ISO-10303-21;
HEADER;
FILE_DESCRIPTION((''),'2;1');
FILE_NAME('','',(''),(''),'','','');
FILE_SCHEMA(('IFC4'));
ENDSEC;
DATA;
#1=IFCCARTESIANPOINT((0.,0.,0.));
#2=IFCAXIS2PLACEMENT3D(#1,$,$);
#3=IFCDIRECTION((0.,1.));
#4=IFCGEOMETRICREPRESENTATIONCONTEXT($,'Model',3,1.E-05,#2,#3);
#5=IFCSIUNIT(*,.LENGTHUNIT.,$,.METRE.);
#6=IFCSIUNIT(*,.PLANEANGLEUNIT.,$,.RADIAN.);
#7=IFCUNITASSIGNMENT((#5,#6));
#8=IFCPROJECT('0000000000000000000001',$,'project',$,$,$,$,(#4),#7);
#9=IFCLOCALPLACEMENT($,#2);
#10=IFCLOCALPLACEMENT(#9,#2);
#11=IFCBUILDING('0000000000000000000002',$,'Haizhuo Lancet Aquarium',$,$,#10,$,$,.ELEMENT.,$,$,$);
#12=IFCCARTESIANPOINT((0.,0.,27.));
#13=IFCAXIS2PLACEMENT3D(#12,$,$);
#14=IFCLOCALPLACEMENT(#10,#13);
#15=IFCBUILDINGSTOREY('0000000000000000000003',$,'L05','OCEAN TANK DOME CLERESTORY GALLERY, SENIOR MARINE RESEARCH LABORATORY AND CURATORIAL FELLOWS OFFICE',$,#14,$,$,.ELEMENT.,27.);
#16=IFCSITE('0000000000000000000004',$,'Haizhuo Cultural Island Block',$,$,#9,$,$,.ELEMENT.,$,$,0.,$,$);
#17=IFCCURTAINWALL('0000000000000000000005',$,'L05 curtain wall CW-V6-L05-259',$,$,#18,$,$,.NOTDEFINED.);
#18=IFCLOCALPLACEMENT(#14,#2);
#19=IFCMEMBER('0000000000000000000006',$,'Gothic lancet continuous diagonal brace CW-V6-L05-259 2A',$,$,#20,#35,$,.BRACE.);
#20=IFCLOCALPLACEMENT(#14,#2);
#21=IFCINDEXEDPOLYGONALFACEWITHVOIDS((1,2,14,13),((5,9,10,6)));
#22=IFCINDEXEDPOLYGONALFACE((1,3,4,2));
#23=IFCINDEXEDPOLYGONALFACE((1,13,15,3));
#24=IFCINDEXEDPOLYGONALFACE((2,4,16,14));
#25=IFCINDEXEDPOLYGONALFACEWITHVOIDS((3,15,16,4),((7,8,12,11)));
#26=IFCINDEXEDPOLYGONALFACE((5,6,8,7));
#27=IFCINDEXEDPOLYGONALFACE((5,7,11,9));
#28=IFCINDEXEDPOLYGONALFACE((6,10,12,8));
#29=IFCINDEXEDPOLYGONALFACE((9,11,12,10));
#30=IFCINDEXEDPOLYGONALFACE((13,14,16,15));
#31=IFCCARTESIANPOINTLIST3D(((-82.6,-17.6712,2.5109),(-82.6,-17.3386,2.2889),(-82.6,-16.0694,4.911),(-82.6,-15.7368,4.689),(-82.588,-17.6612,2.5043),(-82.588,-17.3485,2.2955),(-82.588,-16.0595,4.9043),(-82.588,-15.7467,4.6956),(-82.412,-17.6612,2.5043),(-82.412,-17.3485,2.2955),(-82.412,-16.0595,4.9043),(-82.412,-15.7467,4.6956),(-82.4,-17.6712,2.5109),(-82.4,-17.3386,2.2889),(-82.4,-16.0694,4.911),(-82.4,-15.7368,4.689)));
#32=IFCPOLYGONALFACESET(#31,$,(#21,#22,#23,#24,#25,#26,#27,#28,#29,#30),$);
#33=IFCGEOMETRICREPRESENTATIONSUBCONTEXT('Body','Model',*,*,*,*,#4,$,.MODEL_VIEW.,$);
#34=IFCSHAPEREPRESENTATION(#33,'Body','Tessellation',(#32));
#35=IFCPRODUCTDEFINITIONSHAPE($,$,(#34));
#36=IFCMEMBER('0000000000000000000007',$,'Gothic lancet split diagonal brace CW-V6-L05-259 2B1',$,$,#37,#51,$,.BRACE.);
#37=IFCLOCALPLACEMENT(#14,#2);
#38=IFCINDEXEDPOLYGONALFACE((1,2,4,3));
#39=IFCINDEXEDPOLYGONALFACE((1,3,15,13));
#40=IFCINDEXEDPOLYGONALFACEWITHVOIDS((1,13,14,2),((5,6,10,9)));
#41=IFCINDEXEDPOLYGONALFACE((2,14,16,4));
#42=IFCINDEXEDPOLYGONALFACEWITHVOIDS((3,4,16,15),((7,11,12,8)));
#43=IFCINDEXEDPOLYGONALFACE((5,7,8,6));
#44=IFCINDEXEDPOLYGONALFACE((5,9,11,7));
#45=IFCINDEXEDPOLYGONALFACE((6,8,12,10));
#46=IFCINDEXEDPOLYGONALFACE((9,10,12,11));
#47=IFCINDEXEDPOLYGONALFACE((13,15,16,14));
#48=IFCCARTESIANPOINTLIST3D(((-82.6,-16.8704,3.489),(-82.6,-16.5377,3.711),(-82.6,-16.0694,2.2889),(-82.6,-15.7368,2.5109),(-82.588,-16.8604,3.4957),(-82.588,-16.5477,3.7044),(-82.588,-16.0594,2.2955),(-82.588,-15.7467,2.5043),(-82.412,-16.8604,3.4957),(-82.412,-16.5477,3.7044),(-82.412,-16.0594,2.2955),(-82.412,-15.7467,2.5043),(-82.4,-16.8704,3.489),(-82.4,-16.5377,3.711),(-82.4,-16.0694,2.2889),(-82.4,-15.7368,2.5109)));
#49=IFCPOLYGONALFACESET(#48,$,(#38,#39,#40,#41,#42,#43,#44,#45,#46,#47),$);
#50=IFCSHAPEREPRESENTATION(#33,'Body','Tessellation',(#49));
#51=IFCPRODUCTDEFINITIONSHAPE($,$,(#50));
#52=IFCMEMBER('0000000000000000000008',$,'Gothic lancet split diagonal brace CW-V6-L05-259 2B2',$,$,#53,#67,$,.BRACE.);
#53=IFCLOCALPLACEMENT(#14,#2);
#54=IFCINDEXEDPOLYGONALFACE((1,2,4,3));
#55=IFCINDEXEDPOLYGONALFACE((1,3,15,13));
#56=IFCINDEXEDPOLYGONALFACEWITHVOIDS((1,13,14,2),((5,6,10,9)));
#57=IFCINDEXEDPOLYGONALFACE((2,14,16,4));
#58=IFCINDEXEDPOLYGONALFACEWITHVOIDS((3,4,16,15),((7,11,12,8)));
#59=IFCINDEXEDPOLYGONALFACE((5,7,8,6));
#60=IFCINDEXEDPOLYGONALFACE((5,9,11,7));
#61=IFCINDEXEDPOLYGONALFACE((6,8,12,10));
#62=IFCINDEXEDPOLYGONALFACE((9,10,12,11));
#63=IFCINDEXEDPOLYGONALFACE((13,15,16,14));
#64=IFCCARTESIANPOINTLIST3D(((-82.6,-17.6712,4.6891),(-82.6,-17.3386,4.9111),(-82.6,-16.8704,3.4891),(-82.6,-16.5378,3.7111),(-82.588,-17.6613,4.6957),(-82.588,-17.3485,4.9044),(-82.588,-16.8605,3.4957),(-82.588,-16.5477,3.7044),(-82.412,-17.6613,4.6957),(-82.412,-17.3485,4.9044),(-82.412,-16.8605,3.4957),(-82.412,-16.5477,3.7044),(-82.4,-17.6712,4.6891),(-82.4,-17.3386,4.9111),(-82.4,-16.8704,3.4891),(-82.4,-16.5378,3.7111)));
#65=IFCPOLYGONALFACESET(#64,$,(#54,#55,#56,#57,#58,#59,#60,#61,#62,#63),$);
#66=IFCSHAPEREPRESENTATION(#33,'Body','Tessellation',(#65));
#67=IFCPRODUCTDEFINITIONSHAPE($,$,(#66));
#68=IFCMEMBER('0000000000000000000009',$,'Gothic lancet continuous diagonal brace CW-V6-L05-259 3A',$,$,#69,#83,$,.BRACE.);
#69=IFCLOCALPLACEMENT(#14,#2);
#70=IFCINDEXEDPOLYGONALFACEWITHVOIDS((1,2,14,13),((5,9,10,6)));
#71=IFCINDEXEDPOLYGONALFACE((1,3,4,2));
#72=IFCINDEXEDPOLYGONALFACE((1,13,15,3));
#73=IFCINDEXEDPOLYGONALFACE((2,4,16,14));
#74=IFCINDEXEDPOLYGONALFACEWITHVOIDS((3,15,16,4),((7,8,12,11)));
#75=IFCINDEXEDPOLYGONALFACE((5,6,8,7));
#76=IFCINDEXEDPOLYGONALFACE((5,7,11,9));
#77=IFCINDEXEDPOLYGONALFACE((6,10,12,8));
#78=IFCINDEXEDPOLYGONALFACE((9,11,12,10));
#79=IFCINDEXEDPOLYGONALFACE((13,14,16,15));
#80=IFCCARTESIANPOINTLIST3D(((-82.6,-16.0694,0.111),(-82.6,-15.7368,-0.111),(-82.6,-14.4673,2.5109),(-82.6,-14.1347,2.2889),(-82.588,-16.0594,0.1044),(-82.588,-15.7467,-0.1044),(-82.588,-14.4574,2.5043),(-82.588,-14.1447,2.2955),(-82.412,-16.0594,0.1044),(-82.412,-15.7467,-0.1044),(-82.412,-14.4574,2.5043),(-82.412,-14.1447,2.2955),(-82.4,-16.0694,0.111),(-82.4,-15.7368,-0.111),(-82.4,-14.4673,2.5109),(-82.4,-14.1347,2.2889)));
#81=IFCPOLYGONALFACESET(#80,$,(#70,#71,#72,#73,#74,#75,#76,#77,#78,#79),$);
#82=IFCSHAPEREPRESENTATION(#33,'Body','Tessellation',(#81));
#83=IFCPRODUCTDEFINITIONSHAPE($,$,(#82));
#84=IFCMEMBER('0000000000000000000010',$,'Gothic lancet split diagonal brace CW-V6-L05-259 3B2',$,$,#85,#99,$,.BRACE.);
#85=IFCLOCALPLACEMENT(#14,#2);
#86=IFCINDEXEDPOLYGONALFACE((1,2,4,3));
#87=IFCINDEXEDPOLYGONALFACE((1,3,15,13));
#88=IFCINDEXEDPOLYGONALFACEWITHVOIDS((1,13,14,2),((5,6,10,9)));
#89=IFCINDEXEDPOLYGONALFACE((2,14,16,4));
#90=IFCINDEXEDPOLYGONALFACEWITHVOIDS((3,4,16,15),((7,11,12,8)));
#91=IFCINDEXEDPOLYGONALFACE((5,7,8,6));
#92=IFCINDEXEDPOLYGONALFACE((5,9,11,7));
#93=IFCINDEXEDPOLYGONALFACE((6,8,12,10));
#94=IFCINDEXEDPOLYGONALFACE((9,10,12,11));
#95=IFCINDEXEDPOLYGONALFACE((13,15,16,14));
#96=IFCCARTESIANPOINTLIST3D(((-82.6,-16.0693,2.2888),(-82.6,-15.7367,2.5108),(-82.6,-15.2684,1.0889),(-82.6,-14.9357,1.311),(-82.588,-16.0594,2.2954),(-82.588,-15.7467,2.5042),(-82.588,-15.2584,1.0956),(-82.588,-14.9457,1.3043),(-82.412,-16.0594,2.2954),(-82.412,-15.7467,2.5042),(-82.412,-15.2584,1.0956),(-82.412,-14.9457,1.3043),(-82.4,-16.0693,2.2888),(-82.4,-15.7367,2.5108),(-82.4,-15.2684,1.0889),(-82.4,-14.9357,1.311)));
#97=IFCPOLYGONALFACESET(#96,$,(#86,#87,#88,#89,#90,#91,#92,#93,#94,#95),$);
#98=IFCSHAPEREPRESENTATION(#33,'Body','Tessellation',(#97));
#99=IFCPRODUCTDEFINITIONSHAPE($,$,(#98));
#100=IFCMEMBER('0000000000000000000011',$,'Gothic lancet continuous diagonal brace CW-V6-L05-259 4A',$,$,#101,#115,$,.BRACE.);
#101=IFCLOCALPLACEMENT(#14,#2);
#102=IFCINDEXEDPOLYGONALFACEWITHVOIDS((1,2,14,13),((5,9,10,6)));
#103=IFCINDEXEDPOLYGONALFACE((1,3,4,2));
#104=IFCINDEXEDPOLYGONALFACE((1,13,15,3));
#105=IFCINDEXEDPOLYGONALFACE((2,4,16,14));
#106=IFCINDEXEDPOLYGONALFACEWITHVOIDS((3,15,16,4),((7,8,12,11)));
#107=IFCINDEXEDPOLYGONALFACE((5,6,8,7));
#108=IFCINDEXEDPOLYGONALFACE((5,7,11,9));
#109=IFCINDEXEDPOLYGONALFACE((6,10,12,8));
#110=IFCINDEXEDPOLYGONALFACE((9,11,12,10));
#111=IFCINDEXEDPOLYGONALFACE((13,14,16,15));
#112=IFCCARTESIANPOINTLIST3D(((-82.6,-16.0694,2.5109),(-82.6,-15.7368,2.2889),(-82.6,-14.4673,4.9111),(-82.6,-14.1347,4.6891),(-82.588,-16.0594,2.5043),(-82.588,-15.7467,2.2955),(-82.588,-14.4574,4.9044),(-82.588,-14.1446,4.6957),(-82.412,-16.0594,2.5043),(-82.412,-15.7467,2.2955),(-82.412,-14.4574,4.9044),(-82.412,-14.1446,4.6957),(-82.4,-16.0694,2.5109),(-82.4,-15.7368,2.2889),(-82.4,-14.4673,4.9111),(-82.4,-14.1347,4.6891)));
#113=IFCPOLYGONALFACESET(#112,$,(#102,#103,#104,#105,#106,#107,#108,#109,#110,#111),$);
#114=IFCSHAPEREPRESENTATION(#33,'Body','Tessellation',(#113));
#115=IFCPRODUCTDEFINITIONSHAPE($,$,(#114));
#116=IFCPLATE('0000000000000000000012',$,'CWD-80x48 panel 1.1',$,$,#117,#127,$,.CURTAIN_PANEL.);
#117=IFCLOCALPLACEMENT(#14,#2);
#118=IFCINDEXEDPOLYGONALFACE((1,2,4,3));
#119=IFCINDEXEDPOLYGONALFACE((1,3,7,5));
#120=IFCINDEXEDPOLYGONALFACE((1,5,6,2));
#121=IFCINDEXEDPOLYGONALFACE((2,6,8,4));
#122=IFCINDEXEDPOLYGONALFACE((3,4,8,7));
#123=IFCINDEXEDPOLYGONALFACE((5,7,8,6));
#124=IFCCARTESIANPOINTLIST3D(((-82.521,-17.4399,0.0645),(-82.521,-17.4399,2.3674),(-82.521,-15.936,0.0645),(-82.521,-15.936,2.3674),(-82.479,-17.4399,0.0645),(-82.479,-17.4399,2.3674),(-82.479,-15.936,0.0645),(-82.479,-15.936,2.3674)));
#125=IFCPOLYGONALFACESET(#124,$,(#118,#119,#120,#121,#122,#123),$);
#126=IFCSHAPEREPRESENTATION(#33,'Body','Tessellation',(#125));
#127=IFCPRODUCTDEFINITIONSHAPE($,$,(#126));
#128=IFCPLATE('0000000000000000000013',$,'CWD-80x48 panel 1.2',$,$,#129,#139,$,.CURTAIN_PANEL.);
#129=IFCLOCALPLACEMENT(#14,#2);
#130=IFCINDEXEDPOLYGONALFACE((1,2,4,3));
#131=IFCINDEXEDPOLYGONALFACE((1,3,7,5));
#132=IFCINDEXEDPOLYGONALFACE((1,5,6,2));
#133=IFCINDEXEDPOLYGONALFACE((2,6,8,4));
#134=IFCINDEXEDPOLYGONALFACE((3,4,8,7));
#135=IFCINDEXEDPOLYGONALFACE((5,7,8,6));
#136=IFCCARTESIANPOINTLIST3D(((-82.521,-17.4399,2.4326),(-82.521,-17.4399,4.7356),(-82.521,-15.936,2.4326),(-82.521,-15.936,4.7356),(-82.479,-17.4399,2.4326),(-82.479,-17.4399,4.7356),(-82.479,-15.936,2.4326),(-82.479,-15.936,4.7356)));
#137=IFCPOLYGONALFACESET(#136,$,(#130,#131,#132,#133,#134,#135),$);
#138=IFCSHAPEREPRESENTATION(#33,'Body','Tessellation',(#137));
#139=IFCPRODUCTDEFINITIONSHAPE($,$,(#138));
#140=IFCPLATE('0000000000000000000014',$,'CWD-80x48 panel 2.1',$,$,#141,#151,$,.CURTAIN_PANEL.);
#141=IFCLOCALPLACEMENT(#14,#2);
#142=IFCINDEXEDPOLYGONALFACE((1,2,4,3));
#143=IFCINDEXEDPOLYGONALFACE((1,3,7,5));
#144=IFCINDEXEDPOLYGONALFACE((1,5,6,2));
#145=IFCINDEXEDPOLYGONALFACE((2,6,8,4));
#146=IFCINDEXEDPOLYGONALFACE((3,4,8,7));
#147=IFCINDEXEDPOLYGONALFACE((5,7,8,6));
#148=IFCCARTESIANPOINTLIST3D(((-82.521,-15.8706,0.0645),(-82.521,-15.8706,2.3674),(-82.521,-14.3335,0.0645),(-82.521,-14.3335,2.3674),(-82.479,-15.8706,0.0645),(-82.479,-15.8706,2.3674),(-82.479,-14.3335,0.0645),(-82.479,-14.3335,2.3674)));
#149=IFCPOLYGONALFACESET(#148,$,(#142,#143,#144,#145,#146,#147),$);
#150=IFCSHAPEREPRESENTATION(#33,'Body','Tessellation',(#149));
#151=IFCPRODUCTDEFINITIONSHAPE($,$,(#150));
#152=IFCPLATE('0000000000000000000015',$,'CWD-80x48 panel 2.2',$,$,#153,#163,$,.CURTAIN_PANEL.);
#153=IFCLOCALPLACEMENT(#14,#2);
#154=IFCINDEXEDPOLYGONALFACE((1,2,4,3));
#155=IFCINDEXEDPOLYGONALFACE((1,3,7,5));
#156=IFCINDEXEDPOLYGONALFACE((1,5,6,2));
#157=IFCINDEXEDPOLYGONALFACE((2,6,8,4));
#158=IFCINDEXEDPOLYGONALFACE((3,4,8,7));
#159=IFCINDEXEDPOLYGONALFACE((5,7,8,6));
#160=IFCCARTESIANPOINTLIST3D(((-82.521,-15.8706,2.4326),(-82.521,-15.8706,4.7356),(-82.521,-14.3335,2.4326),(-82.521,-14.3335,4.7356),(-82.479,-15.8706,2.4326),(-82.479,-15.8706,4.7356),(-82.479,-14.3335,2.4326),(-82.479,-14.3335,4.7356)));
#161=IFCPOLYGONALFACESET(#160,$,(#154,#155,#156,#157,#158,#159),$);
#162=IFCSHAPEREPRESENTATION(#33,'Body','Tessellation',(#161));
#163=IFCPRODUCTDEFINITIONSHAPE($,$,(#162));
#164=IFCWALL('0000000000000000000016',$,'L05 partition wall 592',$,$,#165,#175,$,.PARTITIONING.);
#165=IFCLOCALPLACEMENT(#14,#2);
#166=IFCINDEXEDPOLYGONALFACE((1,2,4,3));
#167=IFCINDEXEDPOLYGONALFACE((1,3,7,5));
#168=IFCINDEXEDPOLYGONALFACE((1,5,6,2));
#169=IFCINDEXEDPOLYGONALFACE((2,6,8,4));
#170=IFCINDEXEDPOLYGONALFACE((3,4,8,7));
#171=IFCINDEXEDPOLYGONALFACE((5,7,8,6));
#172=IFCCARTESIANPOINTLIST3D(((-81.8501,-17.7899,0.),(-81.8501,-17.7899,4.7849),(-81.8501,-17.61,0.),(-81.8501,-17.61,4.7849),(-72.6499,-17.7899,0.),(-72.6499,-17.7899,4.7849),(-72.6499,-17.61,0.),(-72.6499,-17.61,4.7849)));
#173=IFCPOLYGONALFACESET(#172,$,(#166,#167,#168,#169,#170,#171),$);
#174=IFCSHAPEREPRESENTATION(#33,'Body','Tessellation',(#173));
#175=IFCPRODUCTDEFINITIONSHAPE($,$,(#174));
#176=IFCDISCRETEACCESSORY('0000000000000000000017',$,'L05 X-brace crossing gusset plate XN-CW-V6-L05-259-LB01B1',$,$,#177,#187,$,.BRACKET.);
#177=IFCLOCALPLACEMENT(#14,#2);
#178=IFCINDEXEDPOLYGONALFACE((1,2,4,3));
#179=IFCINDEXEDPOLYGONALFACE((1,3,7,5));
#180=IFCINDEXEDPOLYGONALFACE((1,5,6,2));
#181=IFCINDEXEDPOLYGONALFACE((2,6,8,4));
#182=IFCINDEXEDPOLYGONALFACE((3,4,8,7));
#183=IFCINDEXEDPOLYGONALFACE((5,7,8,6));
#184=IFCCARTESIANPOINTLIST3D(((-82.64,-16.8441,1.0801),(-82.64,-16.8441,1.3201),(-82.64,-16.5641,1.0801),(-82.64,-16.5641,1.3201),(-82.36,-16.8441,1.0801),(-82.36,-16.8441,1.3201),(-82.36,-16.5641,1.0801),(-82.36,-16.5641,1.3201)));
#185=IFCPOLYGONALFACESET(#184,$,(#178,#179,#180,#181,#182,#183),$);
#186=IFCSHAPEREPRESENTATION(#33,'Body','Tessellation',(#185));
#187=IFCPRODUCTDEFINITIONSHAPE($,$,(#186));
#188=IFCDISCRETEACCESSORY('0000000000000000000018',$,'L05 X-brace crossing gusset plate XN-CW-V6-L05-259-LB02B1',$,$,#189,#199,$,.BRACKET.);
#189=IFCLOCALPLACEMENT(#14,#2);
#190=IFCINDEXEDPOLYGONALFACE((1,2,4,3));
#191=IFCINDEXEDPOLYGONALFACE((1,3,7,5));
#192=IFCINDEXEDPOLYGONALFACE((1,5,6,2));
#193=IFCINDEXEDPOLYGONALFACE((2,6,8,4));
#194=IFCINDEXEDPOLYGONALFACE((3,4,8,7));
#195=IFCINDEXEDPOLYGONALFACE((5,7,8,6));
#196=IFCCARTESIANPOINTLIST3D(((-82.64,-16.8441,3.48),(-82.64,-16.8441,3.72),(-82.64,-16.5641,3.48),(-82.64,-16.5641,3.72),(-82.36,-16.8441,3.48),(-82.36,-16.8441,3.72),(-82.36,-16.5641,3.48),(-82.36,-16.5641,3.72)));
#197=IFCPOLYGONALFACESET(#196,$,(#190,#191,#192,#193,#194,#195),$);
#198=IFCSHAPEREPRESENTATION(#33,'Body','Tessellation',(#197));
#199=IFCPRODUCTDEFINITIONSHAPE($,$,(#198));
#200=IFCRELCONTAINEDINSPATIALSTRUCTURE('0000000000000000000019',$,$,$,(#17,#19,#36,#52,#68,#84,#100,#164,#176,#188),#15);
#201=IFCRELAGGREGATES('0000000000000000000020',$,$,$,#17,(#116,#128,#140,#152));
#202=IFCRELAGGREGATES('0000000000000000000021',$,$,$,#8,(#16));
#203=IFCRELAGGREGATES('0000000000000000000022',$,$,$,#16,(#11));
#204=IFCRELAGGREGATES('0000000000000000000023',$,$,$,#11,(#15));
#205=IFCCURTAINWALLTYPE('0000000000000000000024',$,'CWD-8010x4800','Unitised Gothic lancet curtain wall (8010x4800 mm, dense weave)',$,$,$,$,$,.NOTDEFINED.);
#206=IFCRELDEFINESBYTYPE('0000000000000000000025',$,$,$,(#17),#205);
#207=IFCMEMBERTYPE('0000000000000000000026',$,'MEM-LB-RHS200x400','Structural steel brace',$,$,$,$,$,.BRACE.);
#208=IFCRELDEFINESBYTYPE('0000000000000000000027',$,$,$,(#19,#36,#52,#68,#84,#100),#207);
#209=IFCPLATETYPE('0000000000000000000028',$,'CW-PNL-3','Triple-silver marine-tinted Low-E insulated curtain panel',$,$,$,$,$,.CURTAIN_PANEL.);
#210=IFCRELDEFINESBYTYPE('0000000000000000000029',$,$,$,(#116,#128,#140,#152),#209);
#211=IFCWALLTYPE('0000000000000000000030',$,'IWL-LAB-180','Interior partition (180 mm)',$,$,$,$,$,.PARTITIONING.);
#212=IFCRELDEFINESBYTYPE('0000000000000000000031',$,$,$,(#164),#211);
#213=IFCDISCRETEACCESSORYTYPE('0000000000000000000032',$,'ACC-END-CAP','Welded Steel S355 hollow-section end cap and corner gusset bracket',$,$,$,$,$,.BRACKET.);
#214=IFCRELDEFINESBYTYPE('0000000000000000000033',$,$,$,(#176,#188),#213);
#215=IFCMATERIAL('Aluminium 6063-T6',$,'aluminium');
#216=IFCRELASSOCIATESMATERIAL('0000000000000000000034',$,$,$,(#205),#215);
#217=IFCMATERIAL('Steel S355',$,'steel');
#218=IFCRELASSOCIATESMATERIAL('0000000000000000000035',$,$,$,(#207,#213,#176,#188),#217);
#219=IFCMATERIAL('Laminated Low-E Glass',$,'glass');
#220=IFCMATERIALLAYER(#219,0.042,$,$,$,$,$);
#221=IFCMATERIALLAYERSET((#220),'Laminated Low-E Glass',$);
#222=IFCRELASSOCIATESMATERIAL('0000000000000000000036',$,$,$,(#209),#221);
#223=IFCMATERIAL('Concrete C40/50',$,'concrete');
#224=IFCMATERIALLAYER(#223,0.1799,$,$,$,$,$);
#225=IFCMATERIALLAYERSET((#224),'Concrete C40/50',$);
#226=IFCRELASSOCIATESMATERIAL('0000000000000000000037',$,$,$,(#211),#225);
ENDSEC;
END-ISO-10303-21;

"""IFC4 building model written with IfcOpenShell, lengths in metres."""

from ifc_helpers import new_model, si_unit, direction, frame, frame_2d, origin, origin_2d, place, context, subcontext, project, spatial, rectangle, hollow_rectangle, extrude, material, layer, layer_set, material_profile, profile_set, type_object, element, aggregate, save


model = new_model("IFC4")

# Units and contexts
model_context = context("Model", 3, precision=1e-05, world=origin(), true_north=direction((0.0, 1.0)))
body_context = subcontext(model_context, "Body", "Model", "MODEL_VIEW")
ifc_project = project(units=[si_unit("LENGTHUNIT", "METRE"), si_unit("PLANEANGLEUNIT", "RADIAN")], contexts=[model_context])

# Site, building, storey
site_placement = place(None, origin())
site = spatial("IfcSite", under=ifc_project, at=site_placement, Name="Haizhuo Cultural Island Block", CompositionType="ELEMENT", RefElevation=0.0)
building_placement = place(site_placement, origin())
building = spatial("IfcBuilding", under=site, at=building_placement, Name="Haizhuo Lancet Aquarium", CompositionType="ELEMENT")
storey_placement = place(building_placement, frame((0.0, 0.0, 27.0)))
storey = spatial("IfcBuildingStorey", under=building, at=storey_placement, Name="L05", Description="OCEAN TANK DOME CLERESTORY GALLERY, SENIOR MARINE RESEARCH LABORATORY AND CURATORIAL FELLOWS OFFICE", CompositionType="ELEMENT", Elevation=27.0)

# Curtain wall
ifc_material_1 = material(Name="Aluminium 6063-T6", Category="aluminium")
curtain_wall_type = type_object("IfcCurtainWallType", Name="CWD-8010x4800", Description="Unitised Gothic lancet curtain wall (8010x4800 mm, dense weave)", PredefinedType="NOTDEFINED", material=ifc_material_1)
curtain_wall_placement = place(storey_placement, origin())
curtain_wall = element("IfcCurtainWall", 1, at=curtain_wall_placement, inside=storey, type_object=curtain_wall_type, Name="L05 curtain wall CW-V6-L05-259", PredefinedType="NOTDEFINED")

# Members
ifc_material_2 = material(Name="Steel S355", Category="steel")
ifc_material_profile_1 = material_profile(ifc_material_2, hollow_rectangle(XDim=0.2, YDim=0.3999, WallThickness=0.012, at=origin_2d()), Name="RHS 200x400x12")
ifc_profile_set_1 = profile_set([ifc_material_profile_1], Name="Steel S355")
member_type_1 = type_object("IfcMemberType", Name="MEM-LB-RHS200x400", Description="Structural steel brace", PredefinedType="BRACE", material=ifc_profile_set_1)
member_1_placement = place(storey_placement, frame((-82.5, -17.5049, 2.3999), z_axis=(0.0, 0.55511, 0.831777), x_axis=(-1.0, 0.0, 0.0)))
element("IfcMember", 2, at=member_1_placement, inside=storey, type_object=member_type_1, Name="Gothic lancet continuous diagonal brace CW-V6-L05-259 2A", PredefinedType="BRACE", context=body_context, shape_type="SweptSolid", body=[
    extrude(hollow_rectangle(XDim=0.2, YDim=0.3999, WallThickness=0.012, at=origin_2d()), origin(), (0.0, 0.0, 1.0), 2.8855),
])
member_2_placement = place(storey_placement, frame((-82.5, -15.9031, 2.3999), z_axis=(0.0, -0.55513, 0.831764), x_axis=(1.0, 0.0, 0.0)))
element("IfcMember", 3, at=member_2_placement, inside=storey, type_object=member_type_1, Name="Gothic lancet split diagonal brace CW-V6-L05-259 2B1", PredefinedType="BRACE", context=body_context, shape_type="SweptSolid", body=[
    extrude(hollow_rectangle(XDim=0.2, YDim=0.3999, WallThickness=0.012, at=origin_2d()), origin(), (0.0, 0.0, 1.0), 1.4429),
])
member_3_placement = place(storey_placement, frame((-82.5, -16.7041, 3.6001), z_axis=(0.0, -0.555091, 0.83179), x_axis=(1.0, 0.0, 0.0)))
element("IfcMember", 4, at=member_3_placement, inside=storey, type_object=member_type_1, Name="Gothic lancet split diagonal brace CW-V6-L05-259 2B2", PredefinedType="BRACE", context=body_context, shape_type="SweptSolid", body=[
    extrude(hollow_rectangle(XDim=0.2, YDim=0.3999, WallThickness=0.012, at=origin_2d()), origin(), (0.0, 0.0, 1.0), 1.4426),
])
member_4_placement = place(storey_placement, frame((-82.5, -15.9031, 0.0), z_axis=(0.0, 0.555208, 0.831712), x_axis=(-1.0, 0.0, 0.0)))
element("IfcMember", 5, at=member_4_placement, inside=storey, type_object=member_type_1, Name="Gothic lancet continuous diagonal brace CW-V6-L05-259 3A", PredefinedType="BRACE", context=body_context, shape_type="SweptSolid", body=[
    extrude(hollow_rectangle(XDim=0.2, YDim=0.3999, WallThickness=0.012, at=origin_2d()), origin(), (0.0, 0.0, 1.0), 2.8855),
])
member_5_placement = place(storey_placement, frame((-82.5, -15.1021, 1.2), z_axis=(0.0, -0.555208, 0.831712), x_axis=(1.0, 0.0, 0.0)))
element("IfcMember", 6, at=member_5_placement, inside=storey, type_object=member_type_1, Name="Gothic lancet split diagonal brace CW-V6-L05-259 3B2", PredefinedType="BRACE", context=body_context, shape_type="SweptSolid", body=[
    extrude(hollow_rectangle(XDim=0.2, YDim=0.3999, WallThickness=0.012, at=origin_2d()), origin(), (0.0, 0.0, 1.0), 1.4426),
])
member_6_placement = place(storey_placement, frame((-82.5, -15.9031, 2.3999), z_axis=(0.0, 0.555169, 0.831738), x_axis=(-1.0, 0.0, 0.0)))
element("IfcMember", 7, at=member_6_placement, inside=storey, type_object=member_type_1, Name="Gothic lancet continuous diagonal brace CW-V6-L05-259 4A", PredefinedType="BRACE", context=body_context, shape_type="SweptSolid", body=[
    extrude(hollow_rectangle(XDim=0.2, YDim=0.3999, WallThickness=0.012, at=origin_2d()), origin(), (0.0, 0.0, 1.0), 2.8857),
])

# Plates
ifc_material_3 = material(Name="Laminated Low-E Glass", Category="glass")
ifc_layer_1 = layer(ifc_material_3, 0.042)
ifc_layer_set_1 = layer_set([ifc_layer_1], Name="Laminated Low-E Glass")
plate_type = type_object("IfcPlateType", Name="CW-PNL-3", Description="Triple-silver marine-tinted Low-E insulated curtain panel", PredefinedType="CURTAIN_PANEL", material=ifc_layer_set_1)
plate_1_placement = place(storey_placement, frame((-82.5, -16.688, 0.0645), z_axis=(0.0, 0.0, 1.0), x_axis=(0.0, 1.0, 0.0)))
plate_1 = element("IfcPlate", 8, at=plate_1_placement, type_object=plate_type, Name="CWD-80x48 panel 1.1", PredefinedType="CURTAIN_PANEL", context=body_context, shape_type="SweptSolid", body=[
    extrude(rectangle(XDim=1.5039, YDim=0.042, at=origin_2d()), origin(), (0.0, 0.0, 1.0), 2.303),
])
plate_2_placement = place(storey_placement, frame((-82.5, -16.688, 2.4326), z_axis=(0.0, 0.0, 1.0), x_axis=(0.0, 1.0, 0.0)))
plate_2 = element("IfcPlate", 9, at=plate_2_placement, type_object=plate_type, Name="CWD-80x48 panel 1.2", PredefinedType="CURTAIN_PANEL", context=body_context, shape_type="SweptSolid", body=[
    extrude(rectangle(XDim=1.5039, YDim=0.042, at=origin_2d()), origin(), (0.0, 0.0, 1.0), 2.303),
])
plate_3_placement = place(storey_placement, frame((-82.5, -15.1021, 0.0645), z_axis=(0.0, 0.0, 1.0), x_axis=(0.0, 1.0, 0.0)))
plate_3 = element("IfcPlate", 10, at=plate_3_placement, type_object=plate_type, Name="CWD-80x48 panel 2.1", PredefinedType="CURTAIN_PANEL", context=body_context, shape_type="SweptSolid", body=[
    extrude(rectangle(XDim=1.5371, YDim=0.042, at=origin_2d()), origin(), (0.0, 0.0, 1.0), 2.303),
])
plate_4_placement = place(storey_placement, frame((-82.5, -15.1021, 2.4326), z_axis=(0.0, 0.0, 1.0), x_axis=(0.0, 1.0, 0.0)))
plate_4 = element("IfcPlate", 11, at=plate_4_placement, type_object=plate_type, Name="CWD-80x48 panel 2.2", PredefinedType="CURTAIN_PANEL", context=body_context, shape_type="SweptSolid", body=[
    extrude(rectangle(XDim=1.5371, YDim=0.042, at=origin_2d()), origin(), (0.0, 0.0, 1.0), 2.303),
])
aggregate(curtain_wall, [plate_1, plate_2, plate_3, plate_4])

# Wall
ifc_material_4 = material(Name="Concrete C40/50", Category="concrete")
ifc_layer_2 = layer(ifc_material_4, 0.1799)
ifc_layer_set_2 = layer_set([ifc_layer_2], Name="Concrete C40/50")
wall_type = type_object("IfcWallType", Name="IWL-LAB-180", Description="Interior partition (180 mm)", PredefinedType="PARTITIONING", material=ifc_layer_set_2)
wall_placement = place(storey_placement, frame((-81.8501, -17.7, 0.0), z_axis=(0.0, 0.0, 1.0), x_axis=(1.0, 0.0, 0.0)))
element("IfcWall", 12, at=wall_placement, inside=storey, type_object=wall_type, Name="L05 partition wall 592", PredefinedType="PARTITIONING", context=body_context, shape_type="SweptSolid", body=[
    extrude(rectangle(XDim=9.2002, YDim=0.1799, at=frame_2d((4.6001, 0.0))), origin(), (0.0, 0.0, 1.0), 4.7849),
])

# Discrete accessories
discrete_accessory_type = type_object("IfcDiscreteAccessoryType", Name="ACC-END-CAP", Description="Welded Steel S355 hollow-section end cap and corner gusset bracket", PredefinedType="BRACKET", material=ifc_material_2)
for number, where, z_axis, x_axis, name in (
    (13, (-82.5, -16.7041, 1.0801), (0.0, 0.0, 1.0), (1.0, 0.0, 0.0), "L05 X-brace crossing gusset plate XN-CW-V6-L05-259-LB01B1"),
    (14, (-82.5, -16.7041, 3.48), (0.0, 0.0, 1.0), (1.0, 0.0, 0.0), "L05 X-brace crossing gusset plate XN-CW-V6-L05-259-LB02B1"),
):
    element("IfcDiscreteAccessory", number, at=place(storey_placement, frame(where, z_axis=z_axis, x_axis=x_axis)), inside=storey, type_object=discrete_accessory_type, material=ifc_material_2, Name=name, PredefinedType="BRACKET", context=body_context, shape_type="SweptSolid", body=[
        extrude(rectangle(XDim=0.28, YDim=0.28, at=origin_2d()), origin(), (0.0, 0.0, 1.0), 0.24),
    ])

save(model, "model.ifc")
